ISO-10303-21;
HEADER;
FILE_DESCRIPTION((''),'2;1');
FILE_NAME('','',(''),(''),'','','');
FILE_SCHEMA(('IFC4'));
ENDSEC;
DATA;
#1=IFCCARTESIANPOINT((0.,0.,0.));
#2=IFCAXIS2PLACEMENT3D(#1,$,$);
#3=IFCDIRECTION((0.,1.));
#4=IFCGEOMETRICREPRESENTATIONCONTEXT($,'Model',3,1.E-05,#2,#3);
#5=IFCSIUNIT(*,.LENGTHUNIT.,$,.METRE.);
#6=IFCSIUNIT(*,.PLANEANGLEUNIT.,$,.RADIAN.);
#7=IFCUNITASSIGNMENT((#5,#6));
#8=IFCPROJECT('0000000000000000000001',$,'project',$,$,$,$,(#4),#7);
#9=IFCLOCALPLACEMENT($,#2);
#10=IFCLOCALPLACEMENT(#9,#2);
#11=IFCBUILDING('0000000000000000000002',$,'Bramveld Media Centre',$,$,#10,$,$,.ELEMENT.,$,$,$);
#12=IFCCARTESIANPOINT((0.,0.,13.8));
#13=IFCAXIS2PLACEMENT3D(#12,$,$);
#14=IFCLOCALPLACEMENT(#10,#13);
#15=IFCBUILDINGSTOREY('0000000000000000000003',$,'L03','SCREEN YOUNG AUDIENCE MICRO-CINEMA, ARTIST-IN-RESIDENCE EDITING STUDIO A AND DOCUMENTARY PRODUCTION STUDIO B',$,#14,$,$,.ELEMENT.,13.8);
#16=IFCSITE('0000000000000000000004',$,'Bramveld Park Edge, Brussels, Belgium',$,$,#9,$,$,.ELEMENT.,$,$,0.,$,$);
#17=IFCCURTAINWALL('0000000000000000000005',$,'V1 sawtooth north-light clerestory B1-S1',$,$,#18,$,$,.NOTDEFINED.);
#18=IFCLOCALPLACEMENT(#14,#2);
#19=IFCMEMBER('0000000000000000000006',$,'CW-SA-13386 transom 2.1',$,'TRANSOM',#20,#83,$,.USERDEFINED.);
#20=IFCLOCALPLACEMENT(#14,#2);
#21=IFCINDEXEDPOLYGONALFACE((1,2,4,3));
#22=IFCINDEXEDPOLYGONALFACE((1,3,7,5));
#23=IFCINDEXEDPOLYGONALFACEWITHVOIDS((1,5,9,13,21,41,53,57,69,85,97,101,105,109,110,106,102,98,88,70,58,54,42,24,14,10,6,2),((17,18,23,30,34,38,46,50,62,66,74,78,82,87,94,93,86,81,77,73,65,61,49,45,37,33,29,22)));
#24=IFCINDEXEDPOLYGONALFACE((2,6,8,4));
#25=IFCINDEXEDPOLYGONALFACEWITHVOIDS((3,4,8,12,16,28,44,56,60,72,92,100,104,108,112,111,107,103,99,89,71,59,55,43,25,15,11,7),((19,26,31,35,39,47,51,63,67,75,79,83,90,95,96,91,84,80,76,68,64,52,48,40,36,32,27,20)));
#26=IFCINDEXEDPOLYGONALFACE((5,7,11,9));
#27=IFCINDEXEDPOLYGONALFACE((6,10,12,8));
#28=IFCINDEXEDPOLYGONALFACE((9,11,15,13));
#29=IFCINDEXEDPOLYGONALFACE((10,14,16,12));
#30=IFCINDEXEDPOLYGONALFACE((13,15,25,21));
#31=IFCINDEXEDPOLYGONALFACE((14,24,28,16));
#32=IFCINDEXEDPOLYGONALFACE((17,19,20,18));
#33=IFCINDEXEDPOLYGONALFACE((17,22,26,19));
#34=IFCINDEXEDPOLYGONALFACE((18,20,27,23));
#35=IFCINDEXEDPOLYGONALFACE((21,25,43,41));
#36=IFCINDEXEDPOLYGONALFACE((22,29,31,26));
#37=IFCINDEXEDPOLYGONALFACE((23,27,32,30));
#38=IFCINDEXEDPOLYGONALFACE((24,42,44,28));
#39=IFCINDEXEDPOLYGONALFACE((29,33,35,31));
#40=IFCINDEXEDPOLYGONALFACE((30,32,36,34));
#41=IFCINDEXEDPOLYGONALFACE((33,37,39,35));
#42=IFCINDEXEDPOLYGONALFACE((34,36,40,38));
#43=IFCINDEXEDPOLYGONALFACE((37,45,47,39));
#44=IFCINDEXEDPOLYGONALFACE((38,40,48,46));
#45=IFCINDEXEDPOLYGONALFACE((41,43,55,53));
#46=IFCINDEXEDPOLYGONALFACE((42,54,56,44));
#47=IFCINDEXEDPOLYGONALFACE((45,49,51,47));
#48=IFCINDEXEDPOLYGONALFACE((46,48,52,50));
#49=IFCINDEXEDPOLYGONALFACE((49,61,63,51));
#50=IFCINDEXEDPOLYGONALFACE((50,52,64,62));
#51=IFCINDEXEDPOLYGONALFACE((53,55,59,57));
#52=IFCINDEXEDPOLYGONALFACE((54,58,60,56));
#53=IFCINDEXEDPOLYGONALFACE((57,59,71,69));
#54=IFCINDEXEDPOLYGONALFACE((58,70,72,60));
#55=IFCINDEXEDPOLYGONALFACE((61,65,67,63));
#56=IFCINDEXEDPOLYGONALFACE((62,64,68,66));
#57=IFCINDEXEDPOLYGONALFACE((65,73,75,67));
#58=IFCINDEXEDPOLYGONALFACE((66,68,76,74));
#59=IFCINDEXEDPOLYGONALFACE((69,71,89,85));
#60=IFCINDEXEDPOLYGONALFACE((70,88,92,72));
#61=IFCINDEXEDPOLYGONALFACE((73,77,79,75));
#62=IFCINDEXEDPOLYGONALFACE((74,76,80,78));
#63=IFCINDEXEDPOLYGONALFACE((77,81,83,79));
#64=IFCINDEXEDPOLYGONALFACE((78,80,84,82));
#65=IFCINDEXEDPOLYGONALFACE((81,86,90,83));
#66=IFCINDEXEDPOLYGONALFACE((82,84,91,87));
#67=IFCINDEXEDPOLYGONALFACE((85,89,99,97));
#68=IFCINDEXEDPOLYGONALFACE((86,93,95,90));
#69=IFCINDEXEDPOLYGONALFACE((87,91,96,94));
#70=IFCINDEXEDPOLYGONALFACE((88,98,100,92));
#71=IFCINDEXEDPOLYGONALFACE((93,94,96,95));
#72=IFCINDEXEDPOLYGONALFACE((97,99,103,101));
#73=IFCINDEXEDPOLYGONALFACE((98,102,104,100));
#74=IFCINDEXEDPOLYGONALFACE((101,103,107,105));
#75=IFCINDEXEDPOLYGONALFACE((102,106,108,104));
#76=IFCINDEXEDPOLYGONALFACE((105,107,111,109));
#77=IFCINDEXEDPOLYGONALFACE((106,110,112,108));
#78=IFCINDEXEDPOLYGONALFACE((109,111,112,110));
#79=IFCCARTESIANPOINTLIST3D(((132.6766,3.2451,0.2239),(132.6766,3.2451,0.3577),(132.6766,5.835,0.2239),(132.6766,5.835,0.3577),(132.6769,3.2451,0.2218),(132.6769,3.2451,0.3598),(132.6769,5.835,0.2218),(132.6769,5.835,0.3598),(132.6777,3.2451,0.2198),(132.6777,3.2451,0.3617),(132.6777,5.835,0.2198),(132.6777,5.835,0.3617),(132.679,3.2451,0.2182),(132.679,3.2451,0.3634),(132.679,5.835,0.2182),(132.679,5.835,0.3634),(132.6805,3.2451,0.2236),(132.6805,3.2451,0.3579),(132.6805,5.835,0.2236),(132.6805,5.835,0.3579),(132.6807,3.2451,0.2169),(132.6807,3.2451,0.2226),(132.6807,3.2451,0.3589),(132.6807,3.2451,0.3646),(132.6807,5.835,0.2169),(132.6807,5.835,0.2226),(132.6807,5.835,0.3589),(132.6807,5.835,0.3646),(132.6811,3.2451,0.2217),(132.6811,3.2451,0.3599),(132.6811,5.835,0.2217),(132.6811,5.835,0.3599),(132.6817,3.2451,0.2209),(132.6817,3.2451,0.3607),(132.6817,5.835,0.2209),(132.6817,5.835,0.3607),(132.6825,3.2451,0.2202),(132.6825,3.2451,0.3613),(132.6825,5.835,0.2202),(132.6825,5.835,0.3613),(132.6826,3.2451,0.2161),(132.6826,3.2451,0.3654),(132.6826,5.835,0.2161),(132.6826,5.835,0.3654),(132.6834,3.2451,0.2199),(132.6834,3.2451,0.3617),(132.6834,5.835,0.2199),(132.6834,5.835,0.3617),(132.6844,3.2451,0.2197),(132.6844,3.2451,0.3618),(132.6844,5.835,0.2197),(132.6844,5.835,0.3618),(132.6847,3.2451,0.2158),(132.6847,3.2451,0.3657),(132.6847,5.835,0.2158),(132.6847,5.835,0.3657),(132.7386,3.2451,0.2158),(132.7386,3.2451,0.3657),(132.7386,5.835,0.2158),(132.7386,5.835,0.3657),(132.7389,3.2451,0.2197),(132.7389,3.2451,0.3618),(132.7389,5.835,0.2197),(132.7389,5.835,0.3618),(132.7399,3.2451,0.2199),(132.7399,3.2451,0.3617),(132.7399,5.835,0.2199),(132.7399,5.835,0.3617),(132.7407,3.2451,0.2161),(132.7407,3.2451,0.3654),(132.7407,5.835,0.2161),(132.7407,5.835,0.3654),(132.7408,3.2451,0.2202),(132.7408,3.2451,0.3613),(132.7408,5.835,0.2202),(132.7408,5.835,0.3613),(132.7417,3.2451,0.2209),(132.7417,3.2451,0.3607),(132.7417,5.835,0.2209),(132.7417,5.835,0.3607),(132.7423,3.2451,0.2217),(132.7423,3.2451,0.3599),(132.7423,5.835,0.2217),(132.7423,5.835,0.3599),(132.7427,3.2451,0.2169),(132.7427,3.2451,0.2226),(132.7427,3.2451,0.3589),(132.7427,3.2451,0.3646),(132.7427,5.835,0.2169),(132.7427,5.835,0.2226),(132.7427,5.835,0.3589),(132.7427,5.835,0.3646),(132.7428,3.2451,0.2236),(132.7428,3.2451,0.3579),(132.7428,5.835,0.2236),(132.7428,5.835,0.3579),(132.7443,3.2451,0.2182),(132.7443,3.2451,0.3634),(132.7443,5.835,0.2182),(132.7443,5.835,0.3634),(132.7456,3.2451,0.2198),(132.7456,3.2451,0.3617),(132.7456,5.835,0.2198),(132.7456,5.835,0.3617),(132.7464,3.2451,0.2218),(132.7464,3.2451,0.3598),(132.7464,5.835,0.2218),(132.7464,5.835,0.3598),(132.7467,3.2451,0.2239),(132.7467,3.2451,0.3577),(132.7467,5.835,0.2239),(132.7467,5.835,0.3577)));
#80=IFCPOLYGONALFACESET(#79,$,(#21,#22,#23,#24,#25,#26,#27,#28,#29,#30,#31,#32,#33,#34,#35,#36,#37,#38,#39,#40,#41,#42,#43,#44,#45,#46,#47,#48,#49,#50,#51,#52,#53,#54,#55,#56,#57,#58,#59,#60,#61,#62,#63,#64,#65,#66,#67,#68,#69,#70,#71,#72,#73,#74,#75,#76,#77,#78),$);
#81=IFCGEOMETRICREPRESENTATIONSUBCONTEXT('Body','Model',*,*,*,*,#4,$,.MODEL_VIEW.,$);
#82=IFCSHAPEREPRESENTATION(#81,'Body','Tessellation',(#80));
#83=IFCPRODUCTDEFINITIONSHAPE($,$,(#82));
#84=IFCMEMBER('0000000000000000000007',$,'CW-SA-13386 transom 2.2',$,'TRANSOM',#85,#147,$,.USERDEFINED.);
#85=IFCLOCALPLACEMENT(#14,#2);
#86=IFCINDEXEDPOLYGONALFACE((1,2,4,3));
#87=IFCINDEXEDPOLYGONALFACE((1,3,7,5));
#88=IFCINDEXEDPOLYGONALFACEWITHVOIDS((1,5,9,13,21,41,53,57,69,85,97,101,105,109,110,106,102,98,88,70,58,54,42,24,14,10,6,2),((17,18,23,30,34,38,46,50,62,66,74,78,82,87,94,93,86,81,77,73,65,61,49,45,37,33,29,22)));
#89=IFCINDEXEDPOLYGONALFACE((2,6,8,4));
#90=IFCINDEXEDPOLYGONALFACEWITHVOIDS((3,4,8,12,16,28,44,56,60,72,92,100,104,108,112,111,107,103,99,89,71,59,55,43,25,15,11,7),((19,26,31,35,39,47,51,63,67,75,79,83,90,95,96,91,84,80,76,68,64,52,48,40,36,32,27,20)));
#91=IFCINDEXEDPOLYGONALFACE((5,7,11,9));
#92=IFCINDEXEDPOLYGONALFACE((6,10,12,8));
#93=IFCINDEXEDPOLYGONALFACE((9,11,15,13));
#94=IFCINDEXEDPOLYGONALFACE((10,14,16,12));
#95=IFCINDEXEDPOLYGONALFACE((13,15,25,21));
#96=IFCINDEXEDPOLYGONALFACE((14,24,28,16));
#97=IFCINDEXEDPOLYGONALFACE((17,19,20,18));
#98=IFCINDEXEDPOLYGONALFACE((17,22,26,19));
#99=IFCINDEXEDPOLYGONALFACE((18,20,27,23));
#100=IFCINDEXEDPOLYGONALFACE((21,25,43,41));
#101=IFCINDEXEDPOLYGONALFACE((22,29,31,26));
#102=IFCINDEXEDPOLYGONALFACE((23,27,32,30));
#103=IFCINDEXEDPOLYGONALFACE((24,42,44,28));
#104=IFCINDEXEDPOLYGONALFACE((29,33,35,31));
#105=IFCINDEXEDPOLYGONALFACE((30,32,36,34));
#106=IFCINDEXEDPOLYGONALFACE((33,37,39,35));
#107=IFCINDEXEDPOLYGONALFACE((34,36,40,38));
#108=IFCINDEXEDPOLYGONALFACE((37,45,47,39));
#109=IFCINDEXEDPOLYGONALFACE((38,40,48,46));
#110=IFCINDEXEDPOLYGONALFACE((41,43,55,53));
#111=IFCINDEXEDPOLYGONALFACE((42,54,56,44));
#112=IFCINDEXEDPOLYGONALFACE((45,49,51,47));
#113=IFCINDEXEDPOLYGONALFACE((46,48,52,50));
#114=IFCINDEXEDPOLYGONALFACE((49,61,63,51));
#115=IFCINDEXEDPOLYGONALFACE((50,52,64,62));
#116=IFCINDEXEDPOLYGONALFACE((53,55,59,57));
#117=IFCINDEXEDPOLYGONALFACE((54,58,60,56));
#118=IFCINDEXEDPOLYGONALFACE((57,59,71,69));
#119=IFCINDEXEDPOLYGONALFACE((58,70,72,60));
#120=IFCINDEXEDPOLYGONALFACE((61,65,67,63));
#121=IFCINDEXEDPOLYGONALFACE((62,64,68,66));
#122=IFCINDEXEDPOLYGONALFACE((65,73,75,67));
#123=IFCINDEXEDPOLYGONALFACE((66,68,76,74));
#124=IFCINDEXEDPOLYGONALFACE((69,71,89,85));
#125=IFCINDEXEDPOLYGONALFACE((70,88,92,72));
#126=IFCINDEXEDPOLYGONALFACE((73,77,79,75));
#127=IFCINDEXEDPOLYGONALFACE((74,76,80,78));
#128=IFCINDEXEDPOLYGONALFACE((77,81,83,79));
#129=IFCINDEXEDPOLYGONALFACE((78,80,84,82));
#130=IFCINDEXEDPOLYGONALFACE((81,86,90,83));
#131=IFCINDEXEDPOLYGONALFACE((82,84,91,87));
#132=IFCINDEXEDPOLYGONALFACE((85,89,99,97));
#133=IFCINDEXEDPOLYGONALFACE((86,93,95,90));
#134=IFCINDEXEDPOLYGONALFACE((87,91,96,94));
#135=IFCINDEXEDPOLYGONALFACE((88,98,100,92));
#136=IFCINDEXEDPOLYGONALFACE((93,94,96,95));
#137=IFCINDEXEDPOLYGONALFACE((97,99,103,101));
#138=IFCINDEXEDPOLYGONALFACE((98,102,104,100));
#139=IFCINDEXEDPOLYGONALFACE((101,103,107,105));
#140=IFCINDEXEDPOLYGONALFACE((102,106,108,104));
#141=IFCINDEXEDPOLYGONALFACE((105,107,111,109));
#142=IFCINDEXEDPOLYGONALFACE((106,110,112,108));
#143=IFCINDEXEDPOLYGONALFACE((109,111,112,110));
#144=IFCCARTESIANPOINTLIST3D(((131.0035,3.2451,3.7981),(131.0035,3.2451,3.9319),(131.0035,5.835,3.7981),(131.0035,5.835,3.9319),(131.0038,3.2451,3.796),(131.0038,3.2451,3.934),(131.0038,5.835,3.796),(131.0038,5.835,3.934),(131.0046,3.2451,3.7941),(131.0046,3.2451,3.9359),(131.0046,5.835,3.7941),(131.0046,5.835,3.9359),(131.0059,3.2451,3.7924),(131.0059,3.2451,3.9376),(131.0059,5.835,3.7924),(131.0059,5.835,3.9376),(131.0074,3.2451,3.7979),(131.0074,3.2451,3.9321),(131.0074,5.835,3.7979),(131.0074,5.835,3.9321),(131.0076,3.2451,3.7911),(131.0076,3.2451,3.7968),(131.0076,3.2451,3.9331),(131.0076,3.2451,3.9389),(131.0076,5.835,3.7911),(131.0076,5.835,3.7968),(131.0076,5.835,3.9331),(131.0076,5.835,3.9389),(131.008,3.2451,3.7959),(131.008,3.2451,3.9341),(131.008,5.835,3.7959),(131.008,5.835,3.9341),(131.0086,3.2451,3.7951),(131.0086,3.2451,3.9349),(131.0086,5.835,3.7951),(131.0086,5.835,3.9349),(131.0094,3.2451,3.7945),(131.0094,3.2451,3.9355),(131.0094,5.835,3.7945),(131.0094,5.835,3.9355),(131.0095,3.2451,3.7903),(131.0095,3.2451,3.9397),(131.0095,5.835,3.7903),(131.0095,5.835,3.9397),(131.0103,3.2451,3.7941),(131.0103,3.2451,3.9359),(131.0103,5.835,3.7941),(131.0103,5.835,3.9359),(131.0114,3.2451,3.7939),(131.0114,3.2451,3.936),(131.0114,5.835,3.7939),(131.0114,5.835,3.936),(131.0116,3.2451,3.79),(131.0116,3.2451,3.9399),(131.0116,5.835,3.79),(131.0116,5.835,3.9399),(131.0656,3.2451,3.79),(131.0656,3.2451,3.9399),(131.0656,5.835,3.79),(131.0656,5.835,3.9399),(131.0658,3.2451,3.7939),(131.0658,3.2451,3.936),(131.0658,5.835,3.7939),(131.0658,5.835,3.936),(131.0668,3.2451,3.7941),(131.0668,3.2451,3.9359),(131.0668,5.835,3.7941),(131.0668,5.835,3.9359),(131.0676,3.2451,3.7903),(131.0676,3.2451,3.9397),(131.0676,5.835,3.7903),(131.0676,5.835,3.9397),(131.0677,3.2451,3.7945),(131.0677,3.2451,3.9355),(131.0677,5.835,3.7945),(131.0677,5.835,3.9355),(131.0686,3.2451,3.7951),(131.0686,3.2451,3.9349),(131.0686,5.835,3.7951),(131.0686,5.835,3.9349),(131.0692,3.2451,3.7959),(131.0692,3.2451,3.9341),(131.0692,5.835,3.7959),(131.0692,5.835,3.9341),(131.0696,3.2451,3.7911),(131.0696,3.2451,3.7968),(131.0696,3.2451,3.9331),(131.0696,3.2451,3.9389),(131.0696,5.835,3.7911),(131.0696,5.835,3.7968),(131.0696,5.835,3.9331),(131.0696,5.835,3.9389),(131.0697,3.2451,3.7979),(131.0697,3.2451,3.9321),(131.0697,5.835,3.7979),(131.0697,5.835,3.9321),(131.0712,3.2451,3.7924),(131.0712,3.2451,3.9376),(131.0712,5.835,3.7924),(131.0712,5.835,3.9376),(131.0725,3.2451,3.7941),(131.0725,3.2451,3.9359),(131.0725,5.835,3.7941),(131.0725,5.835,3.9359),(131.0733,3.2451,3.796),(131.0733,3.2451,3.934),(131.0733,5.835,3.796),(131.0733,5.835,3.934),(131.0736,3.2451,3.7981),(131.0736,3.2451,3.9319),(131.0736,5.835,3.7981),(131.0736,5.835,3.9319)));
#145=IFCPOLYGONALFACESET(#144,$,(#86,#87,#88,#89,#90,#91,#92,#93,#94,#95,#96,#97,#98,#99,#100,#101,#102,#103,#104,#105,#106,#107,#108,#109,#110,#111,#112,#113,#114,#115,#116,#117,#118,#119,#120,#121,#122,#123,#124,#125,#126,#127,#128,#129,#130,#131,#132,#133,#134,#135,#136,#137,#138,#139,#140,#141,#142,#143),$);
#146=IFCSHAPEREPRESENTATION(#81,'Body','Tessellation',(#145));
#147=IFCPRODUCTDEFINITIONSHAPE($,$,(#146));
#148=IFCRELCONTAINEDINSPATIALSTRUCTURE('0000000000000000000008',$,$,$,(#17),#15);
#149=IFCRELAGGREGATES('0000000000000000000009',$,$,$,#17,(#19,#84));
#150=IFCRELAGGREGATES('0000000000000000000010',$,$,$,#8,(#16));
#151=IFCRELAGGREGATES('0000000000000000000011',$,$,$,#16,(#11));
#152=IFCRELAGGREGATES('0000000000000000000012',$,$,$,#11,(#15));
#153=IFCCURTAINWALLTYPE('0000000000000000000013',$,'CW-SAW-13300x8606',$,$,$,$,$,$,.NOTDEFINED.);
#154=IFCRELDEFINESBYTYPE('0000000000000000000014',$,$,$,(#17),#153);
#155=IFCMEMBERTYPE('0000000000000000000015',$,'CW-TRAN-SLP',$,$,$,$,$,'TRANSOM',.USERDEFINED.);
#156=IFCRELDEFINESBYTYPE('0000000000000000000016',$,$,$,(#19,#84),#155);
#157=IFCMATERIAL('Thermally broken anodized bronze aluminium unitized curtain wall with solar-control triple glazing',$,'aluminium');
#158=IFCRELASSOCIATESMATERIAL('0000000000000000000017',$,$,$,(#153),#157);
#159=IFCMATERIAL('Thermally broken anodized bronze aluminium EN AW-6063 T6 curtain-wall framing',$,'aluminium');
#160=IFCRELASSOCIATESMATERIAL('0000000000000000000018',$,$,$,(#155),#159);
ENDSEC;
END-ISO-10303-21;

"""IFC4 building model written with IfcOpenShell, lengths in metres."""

from ifc_helpers import new_model, si_unit, direction, frame, origin, origin_2d, place, context, subcontext, project, spatial, hollow_rectangle, extrude, material, material_profile, profile_set, type_object, element, aggregate, save


model = new_model("IFC4")

# Units and contexts
model_context = context("Model", 3, precision=1e-05, world=origin(), true_north=direction((0.0, 1.0)))
body_context = subcontext(model_context, "Body", "Model", "MODEL_VIEW")
ifc_project = project(units=[si_unit("LENGTHUNIT", "METRE"), si_unit("PLANEANGLEUNIT", "RADIAN")], contexts=[model_context])

# Site, building, storey
site_placement = place(None, origin())
site = spatial("IfcSite", under=ifc_project, at=site_placement, Name="Bramveld Park Edge, Brussels, Belgium", CompositionType="ELEMENT", RefElevation=0.0)
building_placement = place(site_placement, origin())
building = spatial("IfcBuilding", under=site, at=building_placement, Name="Bramveld Media Centre", CompositionType="ELEMENT")
storey_placement = place(building_placement, frame((0.0, 0.0, 13.8)))
storey = spatial("IfcBuildingStorey", under=building, at=storey_placement, Name="L03", Description="SCREEN YOUNG AUDIENCE MICRO-CINEMA, ARTIST-IN-RESIDENCE EDITING STUDIO A AND DOCUMENTARY PRODUCTION STUDIO B", CompositionType="ELEMENT", Elevation=13.8)

# Curtain wall, members
ifc_material_1 = material(Name="Thermally broken anodized bronze aluminium unitized curtain wall with solar-control triple glazing", Category="aluminium")
curtain_wall_type = type_object("IfcCurtainWallType", Name="CW-SAW-13300x8606", PredefinedType="NOTDEFINED", material=ifc_material_1)
curtain_wall_placement = place(storey_placement, origin())
curtain_wall = element("IfcCurtainWall", 1, at=curtain_wall_placement, inside=storey, type_object=curtain_wall_type, Name="V1 sawtooth north-light clerestory B1-S1", PredefinedType="NOTDEFINED")
ifc_material_2 = material(Name="Thermally broken anodized bronze aluminium EN AW-6063 T6 curtain-wall framing", Category="aluminium")
ifc_material_profile_1 = material_profile(ifc_material_2, hollow_rectangle(XDim=0.0701, YDim=0.1499, WallThickness=0.0039, InnerFilletRadius=0.0039, OuterFilletRadius=0.0081, at=origin_2d()), Name="AL-TRAN 70x150")
ifc_profile_set_1 = profile_set([ifc_material_profile_1], Name="Thermally broken anodized bronze aluminium EN AW-6063 T6 curtain-wall framing")
member_type = type_object("IfcMemberType", Name="CW-TRAN-SLP", ElementType="TRANSOM", PredefinedType="USERDEFINED", material=ifc_profile_set_1)
member_1_placement = place(storey_placement, frame((132.7117, 3.2451, 0.2908), z_axis=(0.0, 1.0, 0.0), x_axis=(-1.0, 0.0, 0.0)))
member_1 = element("IfcMember", 2, at=member_1_placement, type_object=member_type, Name="CW-SA-13386 transom 2.1", ObjectType="TRANSOM", PredefinedType="USERDEFINED", context=body_context, shape_type="SweptSolid", body=[
    extrude(hollow_rectangle(XDim=0.0701, YDim=0.1499, WallThickness=0.0039, InnerFilletRadius=0.0039, OuterFilletRadius=0.0081, at=origin_2d()), origin(), (0.0, 0.0, 1.0), 2.5898),
])
member_2_placement = place(storey_placement, frame((131.0386, 3.2451, 3.865), z_axis=(0.0, 1.0, 0.0), x_axis=(-1.0, 0.0, 0.0)))
member_2 = element("IfcMember", 3, at=member_2_placement, type_object=member_type, Name="CW-SA-13386 transom 2.2", ObjectType="TRANSOM", PredefinedType="USERDEFINED", context=body_context, shape_type="SweptSolid", body=[
    extrude(hollow_rectangle(XDim=0.0701, YDim=0.1499, WallThickness=0.0039, InnerFilletRadius=0.0039, OuterFilletRadius=0.0081, at=origin_2d()), origin(), (0.0, 0.0, 1.0), 2.5898),
])

aggregate(curtain_wall, [member_1, member_2])

save(model, "model.ifc")
